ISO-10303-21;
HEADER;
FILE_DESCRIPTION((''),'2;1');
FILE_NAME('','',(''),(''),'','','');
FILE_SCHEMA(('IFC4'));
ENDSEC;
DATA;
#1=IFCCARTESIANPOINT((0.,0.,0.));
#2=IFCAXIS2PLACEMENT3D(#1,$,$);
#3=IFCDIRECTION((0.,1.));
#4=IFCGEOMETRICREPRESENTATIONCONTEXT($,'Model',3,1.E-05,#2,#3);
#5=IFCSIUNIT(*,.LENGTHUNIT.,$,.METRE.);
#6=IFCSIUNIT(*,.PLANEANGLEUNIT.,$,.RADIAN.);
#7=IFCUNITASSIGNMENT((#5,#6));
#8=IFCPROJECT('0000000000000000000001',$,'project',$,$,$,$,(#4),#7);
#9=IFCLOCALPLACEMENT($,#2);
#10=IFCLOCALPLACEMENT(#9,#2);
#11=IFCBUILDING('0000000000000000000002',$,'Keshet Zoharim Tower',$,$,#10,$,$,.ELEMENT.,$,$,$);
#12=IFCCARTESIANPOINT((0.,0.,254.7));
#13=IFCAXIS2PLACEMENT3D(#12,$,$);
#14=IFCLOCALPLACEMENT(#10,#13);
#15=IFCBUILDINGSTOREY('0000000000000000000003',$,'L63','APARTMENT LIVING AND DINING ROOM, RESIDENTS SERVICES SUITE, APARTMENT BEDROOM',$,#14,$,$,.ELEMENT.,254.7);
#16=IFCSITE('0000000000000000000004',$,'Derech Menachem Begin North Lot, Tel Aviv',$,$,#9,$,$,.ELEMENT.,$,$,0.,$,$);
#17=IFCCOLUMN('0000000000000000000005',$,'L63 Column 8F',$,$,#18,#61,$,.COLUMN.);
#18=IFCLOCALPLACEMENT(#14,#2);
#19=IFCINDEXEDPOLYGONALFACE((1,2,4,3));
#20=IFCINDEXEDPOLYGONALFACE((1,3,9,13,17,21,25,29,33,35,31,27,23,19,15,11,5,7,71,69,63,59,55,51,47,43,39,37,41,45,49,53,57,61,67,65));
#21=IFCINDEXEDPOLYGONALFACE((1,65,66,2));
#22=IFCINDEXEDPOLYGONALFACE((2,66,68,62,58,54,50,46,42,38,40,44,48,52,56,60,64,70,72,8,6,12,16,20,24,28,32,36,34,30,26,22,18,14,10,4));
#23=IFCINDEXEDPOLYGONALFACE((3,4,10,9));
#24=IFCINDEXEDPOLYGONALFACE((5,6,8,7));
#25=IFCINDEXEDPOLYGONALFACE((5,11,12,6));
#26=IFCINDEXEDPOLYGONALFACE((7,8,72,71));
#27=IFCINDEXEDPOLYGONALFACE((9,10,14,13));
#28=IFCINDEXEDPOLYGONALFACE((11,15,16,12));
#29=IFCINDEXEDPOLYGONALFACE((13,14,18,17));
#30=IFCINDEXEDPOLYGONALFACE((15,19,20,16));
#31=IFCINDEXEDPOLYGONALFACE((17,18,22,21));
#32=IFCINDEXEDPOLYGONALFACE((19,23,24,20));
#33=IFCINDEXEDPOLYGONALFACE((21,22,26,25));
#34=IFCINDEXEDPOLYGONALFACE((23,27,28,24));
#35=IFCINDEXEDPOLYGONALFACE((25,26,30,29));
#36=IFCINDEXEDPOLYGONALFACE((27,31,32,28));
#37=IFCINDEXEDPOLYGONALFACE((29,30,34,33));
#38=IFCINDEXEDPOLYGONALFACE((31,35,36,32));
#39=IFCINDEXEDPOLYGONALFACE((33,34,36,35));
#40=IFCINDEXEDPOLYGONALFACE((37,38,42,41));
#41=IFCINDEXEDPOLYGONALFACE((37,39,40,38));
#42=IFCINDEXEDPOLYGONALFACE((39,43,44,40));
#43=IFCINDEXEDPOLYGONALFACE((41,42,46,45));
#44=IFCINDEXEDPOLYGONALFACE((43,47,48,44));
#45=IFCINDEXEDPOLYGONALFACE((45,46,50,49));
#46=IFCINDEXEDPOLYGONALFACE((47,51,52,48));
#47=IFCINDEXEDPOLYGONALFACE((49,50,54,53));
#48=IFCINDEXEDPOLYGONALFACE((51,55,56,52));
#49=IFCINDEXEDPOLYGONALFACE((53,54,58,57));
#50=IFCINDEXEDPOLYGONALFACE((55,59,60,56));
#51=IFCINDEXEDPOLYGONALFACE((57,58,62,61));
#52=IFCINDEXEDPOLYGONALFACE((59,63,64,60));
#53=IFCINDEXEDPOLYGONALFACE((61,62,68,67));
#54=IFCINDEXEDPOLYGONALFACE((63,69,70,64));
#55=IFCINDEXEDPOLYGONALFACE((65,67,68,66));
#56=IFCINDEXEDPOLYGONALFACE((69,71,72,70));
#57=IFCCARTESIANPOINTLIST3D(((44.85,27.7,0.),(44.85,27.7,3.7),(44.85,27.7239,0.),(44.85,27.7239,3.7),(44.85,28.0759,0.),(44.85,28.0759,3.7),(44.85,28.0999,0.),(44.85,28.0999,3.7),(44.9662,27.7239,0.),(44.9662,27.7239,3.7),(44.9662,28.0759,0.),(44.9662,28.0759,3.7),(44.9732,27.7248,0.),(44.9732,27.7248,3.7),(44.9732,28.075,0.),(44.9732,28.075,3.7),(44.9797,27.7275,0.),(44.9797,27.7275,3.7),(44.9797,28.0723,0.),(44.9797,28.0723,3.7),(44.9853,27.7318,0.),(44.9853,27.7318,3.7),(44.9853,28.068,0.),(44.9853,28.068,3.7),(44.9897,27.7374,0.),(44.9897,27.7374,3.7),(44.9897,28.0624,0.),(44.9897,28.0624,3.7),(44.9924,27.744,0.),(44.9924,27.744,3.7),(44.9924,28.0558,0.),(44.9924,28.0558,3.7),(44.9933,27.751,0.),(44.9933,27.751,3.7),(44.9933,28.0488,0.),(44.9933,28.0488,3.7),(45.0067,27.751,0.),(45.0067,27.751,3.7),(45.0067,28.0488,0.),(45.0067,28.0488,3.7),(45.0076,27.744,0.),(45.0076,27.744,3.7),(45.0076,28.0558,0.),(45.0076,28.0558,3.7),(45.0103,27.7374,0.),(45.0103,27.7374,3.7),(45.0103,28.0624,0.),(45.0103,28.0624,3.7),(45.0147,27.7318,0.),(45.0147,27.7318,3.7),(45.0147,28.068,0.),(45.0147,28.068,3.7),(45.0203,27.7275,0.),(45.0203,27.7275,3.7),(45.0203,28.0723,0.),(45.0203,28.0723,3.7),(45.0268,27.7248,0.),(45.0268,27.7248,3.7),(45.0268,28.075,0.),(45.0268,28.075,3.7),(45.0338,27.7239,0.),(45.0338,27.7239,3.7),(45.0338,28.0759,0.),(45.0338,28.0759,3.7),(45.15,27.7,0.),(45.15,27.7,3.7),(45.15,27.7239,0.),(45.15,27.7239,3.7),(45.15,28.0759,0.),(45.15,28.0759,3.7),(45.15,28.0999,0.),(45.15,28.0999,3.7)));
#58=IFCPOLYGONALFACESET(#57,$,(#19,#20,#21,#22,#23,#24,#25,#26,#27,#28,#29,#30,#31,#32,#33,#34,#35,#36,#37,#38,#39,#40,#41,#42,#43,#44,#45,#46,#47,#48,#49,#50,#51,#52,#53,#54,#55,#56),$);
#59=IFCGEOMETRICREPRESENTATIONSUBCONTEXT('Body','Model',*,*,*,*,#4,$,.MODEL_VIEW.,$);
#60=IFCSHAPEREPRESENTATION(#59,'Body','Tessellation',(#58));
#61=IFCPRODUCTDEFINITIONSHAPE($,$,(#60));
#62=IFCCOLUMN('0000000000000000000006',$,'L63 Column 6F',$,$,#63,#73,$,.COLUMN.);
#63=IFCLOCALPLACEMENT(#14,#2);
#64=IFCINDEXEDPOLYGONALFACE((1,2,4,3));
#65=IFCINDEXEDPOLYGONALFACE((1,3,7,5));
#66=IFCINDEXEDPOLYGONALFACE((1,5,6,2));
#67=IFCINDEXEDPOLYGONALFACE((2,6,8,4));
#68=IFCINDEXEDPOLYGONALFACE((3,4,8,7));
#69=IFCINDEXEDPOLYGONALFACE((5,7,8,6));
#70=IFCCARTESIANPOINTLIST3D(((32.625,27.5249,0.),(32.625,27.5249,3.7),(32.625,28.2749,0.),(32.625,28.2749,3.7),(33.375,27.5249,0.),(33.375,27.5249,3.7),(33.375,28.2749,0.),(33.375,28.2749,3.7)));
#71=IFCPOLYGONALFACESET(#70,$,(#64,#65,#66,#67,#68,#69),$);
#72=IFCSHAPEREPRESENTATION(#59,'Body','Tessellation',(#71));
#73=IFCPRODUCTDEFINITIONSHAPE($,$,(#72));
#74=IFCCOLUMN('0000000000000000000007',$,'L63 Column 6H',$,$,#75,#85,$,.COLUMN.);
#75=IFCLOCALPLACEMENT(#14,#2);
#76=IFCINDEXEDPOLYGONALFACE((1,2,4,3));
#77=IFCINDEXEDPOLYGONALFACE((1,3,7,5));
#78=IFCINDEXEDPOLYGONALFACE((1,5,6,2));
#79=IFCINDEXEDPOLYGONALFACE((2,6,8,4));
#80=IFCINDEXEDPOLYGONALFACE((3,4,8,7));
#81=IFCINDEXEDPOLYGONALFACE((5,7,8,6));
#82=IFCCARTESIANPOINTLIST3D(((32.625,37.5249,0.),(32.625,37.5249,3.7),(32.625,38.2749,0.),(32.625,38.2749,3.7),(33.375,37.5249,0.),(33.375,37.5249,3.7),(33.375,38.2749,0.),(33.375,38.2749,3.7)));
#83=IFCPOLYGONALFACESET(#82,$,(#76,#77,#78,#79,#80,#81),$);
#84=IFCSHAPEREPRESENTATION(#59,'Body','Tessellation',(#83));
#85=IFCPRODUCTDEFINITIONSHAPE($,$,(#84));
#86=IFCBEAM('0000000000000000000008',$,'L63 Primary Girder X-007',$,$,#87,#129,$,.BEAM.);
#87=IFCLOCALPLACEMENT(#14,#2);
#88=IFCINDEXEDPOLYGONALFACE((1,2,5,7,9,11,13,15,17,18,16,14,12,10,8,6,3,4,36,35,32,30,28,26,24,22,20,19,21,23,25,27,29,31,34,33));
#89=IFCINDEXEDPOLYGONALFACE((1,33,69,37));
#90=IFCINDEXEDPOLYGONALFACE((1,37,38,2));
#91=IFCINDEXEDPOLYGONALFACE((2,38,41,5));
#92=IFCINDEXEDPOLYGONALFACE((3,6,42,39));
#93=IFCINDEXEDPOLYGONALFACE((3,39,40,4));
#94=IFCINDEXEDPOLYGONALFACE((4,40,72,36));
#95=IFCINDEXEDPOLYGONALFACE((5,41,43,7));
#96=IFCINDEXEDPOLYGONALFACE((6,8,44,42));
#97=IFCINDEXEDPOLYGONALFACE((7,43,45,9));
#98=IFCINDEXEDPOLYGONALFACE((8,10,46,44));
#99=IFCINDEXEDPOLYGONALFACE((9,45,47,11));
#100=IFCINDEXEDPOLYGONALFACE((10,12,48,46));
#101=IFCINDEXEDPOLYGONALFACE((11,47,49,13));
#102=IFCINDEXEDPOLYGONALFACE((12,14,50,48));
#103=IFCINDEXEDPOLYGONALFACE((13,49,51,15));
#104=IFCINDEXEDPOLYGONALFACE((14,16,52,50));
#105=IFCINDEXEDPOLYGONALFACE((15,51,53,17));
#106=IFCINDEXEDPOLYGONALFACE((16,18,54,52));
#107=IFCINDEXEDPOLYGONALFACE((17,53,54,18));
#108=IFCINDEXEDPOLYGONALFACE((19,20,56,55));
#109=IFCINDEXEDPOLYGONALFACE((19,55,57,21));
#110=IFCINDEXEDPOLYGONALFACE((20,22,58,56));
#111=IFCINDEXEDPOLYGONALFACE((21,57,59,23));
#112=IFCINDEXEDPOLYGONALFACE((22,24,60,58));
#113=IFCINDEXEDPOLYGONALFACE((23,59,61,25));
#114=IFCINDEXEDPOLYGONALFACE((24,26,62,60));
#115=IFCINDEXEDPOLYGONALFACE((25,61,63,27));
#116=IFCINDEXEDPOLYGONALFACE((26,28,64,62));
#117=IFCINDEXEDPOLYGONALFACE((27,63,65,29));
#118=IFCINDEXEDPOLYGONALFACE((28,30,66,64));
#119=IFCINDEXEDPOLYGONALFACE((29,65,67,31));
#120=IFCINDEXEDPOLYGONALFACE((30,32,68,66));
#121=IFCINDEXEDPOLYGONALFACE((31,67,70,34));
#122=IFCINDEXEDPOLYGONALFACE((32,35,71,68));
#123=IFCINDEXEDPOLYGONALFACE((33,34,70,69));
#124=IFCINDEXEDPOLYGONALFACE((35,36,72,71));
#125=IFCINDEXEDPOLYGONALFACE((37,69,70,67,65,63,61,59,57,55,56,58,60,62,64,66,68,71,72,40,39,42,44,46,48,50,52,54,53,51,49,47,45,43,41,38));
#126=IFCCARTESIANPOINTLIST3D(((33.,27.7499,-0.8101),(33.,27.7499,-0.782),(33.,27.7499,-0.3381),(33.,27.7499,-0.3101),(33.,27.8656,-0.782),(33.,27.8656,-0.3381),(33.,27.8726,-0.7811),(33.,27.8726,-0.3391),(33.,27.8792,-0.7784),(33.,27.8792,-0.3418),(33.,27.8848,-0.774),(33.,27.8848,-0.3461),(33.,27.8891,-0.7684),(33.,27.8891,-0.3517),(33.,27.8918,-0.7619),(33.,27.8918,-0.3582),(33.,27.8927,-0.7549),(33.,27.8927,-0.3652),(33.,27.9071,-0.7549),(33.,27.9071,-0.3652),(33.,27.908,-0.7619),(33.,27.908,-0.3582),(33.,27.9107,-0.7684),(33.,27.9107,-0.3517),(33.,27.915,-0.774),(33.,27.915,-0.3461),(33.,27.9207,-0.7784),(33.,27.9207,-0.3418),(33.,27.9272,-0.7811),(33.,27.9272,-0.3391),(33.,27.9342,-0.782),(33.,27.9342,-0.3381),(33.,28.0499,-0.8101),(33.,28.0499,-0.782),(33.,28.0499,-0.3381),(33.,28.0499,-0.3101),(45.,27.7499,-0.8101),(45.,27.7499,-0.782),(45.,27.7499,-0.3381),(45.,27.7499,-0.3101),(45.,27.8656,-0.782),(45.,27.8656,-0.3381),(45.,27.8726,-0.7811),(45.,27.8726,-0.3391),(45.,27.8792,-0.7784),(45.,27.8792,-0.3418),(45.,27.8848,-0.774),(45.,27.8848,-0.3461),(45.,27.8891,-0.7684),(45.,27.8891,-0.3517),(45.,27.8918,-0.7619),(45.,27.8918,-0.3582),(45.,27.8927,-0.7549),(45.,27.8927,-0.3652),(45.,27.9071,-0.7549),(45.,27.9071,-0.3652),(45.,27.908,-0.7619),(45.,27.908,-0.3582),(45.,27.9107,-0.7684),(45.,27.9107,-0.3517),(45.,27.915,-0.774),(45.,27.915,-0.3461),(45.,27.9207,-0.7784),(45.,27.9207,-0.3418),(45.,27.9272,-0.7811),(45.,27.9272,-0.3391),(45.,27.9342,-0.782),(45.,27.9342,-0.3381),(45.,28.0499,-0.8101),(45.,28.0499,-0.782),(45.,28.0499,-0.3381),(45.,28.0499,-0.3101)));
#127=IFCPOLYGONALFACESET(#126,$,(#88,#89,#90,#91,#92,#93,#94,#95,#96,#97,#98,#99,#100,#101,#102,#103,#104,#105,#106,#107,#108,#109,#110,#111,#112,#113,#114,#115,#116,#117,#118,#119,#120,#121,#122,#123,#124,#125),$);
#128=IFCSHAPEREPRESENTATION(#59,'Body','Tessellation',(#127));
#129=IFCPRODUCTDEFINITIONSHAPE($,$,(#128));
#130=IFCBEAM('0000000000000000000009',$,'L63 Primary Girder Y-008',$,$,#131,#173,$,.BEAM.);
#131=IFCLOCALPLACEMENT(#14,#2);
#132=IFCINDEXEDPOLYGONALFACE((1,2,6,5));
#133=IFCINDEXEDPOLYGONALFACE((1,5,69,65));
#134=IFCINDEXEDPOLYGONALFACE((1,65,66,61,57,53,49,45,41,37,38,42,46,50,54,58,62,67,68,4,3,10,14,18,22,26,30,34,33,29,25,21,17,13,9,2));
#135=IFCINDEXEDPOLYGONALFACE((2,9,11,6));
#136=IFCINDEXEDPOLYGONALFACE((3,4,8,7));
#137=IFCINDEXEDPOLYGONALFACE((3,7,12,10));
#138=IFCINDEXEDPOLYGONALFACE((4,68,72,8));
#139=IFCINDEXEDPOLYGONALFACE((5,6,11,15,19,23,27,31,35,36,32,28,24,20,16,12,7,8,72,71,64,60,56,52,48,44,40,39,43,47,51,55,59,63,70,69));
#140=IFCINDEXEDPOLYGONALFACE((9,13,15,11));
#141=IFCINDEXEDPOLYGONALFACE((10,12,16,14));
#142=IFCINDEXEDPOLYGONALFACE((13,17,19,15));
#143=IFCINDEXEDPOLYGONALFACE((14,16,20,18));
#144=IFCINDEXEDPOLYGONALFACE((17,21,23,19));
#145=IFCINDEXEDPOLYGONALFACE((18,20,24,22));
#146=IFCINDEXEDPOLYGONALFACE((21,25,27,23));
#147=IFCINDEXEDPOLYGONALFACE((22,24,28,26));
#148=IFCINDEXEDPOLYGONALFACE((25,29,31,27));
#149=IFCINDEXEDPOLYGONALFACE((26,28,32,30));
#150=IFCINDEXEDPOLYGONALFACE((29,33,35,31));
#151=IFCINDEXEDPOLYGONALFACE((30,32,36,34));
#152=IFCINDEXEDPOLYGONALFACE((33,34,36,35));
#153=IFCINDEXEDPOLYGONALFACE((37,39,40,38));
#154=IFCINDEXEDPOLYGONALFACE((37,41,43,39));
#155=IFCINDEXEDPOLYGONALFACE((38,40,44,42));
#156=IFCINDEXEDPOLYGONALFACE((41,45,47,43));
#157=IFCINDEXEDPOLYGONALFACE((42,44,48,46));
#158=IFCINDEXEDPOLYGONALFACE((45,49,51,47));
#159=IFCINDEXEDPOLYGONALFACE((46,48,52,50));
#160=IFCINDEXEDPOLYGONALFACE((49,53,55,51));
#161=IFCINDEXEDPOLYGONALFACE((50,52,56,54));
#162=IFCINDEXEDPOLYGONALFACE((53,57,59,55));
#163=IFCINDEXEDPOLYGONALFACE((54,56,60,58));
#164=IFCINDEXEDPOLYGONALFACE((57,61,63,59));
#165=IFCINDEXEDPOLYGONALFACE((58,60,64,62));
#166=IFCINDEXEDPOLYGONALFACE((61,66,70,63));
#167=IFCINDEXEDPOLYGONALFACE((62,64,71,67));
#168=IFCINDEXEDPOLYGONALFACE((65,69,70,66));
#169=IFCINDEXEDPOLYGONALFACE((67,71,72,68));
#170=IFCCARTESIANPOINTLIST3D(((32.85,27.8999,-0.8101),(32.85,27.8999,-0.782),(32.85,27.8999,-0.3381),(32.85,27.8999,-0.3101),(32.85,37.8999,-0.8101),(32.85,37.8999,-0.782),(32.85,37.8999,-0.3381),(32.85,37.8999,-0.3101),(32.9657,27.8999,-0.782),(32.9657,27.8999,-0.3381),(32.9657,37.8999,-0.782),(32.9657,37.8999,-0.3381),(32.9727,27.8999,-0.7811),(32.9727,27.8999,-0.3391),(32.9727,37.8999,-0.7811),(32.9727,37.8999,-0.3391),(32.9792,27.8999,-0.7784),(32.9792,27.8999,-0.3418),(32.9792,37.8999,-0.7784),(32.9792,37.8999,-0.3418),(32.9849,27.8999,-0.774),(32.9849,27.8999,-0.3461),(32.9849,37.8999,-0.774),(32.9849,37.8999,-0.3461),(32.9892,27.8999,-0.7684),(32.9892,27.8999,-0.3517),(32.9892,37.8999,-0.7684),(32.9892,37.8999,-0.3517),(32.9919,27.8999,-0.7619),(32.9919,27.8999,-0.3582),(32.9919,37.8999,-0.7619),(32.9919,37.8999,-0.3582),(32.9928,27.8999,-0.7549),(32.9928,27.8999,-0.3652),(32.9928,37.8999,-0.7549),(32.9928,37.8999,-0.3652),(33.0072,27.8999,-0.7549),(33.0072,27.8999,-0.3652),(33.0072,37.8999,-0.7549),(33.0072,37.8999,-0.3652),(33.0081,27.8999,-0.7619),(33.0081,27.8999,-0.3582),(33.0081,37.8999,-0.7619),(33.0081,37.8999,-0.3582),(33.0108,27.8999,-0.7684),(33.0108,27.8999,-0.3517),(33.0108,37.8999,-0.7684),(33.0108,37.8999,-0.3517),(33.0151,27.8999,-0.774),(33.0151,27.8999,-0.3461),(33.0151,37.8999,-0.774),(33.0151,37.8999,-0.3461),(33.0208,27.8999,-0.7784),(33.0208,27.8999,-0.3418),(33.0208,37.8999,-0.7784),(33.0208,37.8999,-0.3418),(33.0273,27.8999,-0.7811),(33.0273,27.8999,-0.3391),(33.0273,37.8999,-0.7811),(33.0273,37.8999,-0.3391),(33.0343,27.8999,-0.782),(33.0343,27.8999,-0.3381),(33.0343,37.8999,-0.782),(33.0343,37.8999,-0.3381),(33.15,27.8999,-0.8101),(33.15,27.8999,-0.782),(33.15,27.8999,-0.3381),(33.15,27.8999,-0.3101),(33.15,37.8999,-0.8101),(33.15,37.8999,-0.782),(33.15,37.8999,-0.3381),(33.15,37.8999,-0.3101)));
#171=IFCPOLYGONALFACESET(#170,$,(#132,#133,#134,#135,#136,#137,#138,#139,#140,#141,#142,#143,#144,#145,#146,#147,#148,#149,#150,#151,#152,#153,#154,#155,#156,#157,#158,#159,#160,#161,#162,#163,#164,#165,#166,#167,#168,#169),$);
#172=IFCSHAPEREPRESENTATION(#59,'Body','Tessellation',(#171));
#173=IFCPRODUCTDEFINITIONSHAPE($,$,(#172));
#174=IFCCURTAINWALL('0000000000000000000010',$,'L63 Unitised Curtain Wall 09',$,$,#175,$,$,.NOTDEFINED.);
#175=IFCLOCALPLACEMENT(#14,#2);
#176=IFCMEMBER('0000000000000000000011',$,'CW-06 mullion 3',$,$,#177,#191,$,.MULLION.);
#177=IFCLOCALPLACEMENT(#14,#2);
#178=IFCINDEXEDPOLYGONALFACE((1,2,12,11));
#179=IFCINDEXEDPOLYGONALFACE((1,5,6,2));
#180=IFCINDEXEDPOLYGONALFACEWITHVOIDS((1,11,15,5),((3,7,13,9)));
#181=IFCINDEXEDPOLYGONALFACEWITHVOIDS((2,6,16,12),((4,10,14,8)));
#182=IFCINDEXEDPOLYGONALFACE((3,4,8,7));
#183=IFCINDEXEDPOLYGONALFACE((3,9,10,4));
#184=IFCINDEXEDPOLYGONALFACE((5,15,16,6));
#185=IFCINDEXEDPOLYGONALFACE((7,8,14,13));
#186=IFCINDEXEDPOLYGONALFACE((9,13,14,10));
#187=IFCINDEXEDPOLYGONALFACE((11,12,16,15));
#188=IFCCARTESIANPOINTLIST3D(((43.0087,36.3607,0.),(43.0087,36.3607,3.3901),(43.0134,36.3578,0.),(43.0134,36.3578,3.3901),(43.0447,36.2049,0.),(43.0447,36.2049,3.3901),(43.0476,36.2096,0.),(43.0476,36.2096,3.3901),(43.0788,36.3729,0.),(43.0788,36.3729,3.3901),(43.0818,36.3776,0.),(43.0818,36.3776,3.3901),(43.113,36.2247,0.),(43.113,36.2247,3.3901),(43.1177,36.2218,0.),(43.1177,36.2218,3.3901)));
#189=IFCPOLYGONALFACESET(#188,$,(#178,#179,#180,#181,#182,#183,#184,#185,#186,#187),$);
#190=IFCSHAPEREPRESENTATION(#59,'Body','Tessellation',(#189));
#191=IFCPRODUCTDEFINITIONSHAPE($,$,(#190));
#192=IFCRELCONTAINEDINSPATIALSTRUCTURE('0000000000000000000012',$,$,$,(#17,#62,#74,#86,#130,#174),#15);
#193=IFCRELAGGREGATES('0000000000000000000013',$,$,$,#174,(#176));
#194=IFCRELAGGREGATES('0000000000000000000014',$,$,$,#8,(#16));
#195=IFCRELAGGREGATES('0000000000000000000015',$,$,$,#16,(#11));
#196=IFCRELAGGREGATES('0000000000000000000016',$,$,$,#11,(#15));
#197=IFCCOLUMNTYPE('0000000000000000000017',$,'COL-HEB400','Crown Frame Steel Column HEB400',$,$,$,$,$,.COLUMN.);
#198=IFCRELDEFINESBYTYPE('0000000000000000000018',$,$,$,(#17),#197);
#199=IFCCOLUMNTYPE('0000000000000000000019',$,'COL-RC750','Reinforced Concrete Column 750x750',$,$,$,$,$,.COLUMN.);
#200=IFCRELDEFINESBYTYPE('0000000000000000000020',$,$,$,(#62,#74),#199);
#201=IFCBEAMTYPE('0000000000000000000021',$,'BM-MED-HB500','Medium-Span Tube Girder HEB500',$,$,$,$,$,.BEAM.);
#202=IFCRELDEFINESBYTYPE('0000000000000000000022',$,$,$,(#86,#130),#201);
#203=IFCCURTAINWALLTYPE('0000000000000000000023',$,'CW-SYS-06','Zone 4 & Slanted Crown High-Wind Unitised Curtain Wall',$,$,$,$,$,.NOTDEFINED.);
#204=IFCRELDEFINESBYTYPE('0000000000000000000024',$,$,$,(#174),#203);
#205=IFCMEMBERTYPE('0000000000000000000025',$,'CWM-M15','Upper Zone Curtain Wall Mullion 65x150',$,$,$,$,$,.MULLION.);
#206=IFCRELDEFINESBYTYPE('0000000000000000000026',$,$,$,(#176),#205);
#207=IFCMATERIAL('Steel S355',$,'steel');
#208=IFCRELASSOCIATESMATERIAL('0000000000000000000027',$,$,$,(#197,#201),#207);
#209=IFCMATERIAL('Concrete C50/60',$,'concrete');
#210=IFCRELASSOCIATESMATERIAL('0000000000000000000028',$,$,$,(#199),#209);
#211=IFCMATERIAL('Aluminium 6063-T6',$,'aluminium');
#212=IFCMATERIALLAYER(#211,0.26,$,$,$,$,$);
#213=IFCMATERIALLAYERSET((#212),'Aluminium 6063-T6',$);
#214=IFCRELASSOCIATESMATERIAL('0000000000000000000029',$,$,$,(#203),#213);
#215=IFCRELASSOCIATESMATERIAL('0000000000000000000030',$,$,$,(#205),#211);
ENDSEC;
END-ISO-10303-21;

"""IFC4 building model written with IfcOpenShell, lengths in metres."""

from ifc_helpers import new_model, si_unit, direction, frame, origin, origin_2d, place, context, subcontext, project, spatial, rectangle, hollow_rectangle, i_section, extrude, material, layer, layer_set, material_profile, profile_set, type_object, element, aggregate, save


model = new_model("IFC4")

# Units and contexts
model_context = context("Model", 3, precision=1e-05, world=origin(), true_north=direction((0.0, 1.0)))
body_context = subcontext(model_context, "Body", "Model", "MODEL_VIEW")
ifc_project = project(units=[si_unit("LENGTHUNIT", "METRE"), si_unit("PLANEANGLEUNIT", "RADIAN")], contexts=[model_context])

# Site, building, storey
site_placement = place(None, origin())
site = spatial("IfcSite", under=ifc_project, at=site_placement, Name="Derech Menachem Begin North Lot, Tel Aviv", CompositionType="ELEMENT", RefElevation=0.0)
building_placement = place(site_placement, origin())
building = spatial("IfcBuilding", under=site, at=building_placement, Name="Keshet Zoharim Tower", CompositionType="ELEMENT")
storey_placement = place(building_placement, frame((0.0, 0.0, 254.7)))
storey = spatial("IfcBuildingStorey", under=building, at=storey_placement, Name="L63", Description="APARTMENT LIVING AND DINING ROOM, RESIDENTS SERVICES SUITE, APARTMENT BEDROOM", CompositionType="ELEMENT", Elevation=254.7)

# Columns
ifc_material_1 = material(Name="Steel S355", Category="steel")
ifc_material_profile_1 = material_profile(ifc_material_1, i_section(OverallWidth=0.3, OverallDepth=0.3999, WebThickness=0.0134, FlangeThickness=0.0239, FilletRadius=0.0271, at=origin_2d()), Name="HEB400")
ifc_profile_set_1 = profile_set([ifc_material_profile_1], Name="Steel S355")
column_type_1 = type_object("IfcColumnType", Name="COL-HEB400", Description="Crown Frame Steel Column HEB400", PredefinedType="COLUMN", material=ifc_profile_set_1)
column_placement = place(storey_placement, frame((45.0, 27.8999, 0.0), z_axis=(0.0, 0.0, 1.0), x_axis=(1.0, 0.0, 0.0)))
element("IfcColumn", 1, at=column_placement, inside=storey, type_object=column_type_1, Name="L63 Column 8F", PredefinedType="COLUMN", context=body_context, shape_type="SweptSolid", body=[
    extrude(i_section(OverallWidth=0.3, OverallDepth=0.3999, WebThickness=0.0134, FlangeThickness=0.0239, FilletRadius=0.0271, at=origin_2d()), origin(), (0.0, 0.0, 1.0), 3.7),
])
ifc_material_2 = material(Name="Concrete C50/60", Category="concrete")
ifc_material_profile_2 = material_profile(ifc_material_2, rectangle(XDim=0.75, YDim=0.75, at=origin_2d()), Name="RC750x750")
ifc_profile_set_2 = profile_set([ifc_material_profile_2], Name="Concrete C50/60")
column_type_2 = type_object("IfcColumnType", Name="COL-RC750", Description="Reinforced Concrete Column 750x750", PredefinedType="COLUMN", material=ifc_profile_set_2)
for number, where, z_axis, x_axis, name in (
    (2, (33.0, 27.8999, 0.0), (0.0, 0.0, 1.0), (1.0, 0.0, 0.0), "L63 Column 6F"),
    (3, (33.0, 37.8999, 0.0), (0.0, 0.0, 1.0), (1.0, 0.0, 0.0), "L63 Column 6H"),
):
    element("IfcColumn", number, at=place(storey_placement, frame(where, z_axis=z_axis, x_axis=x_axis)), inside=storey, type_object=column_type_2, Name=name, PredefinedType="COLUMN", context=body_context, shape_type="SweptSolid", body=[
        extrude(rectangle(XDim=0.75, YDim=0.75, at=origin_2d()), origin(), (0.0, 0.0, 1.0), 3.7),
    ])

# Beams
ifc_material_profile_3 = material_profile(ifc_material_1, i_section(OverallWidth=0.3, OverallDepth=0.5, WebThickness=0.0144, FlangeThickness=0.0281, FilletRadius=0.0271, at=origin_2d()), Name="HEB500")
ifc_profile_set_3 = profile_set([ifc_material_profile_3], Name="Steel S355")
beam_type = type_object("IfcBeamType", Name="BM-MED-HB500", Description="Medium-Span Tube Girder HEB500", PredefinedType="BEAM", material=ifc_profile_set_3)
beam_1_placement = place(storey_placement, frame((33.0, 27.8999, -0.5601), z_axis=(1.0, 0.0, 0.0), x_axis=(0.0, 1.0, 0.0)))
element("IfcBeam", 4, at=beam_1_placement, inside=storey, type_object=beam_type, Name="L63 Primary Girder X-007", PredefinedType="BEAM", context=body_context, shape_type="SweptSolid", body=[
    extrude(i_section(OverallWidth=0.3, OverallDepth=0.5, WebThickness=0.0144, FlangeThickness=0.0281, FilletRadius=0.0271, at=origin_2d()), origin(), (0.0, 0.0, 1.0), 12.0),
])
beam_2_placement = place(storey_placement, frame((33.0, 27.8999, -0.5601), z_axis=(0.0, 1.0, 0.0), x_axis=(-1.0, 0.0, 0.0)))
element("IfcBeam", 5, at=beam_2_placement, inside=storey, type_object=beam_type, Name="L63 Primary Girder Y-008", PredefinedType="BEAM", context=body_context, shape_type="SweptSolid", body=[
    extrude(i_section(OverallWidth=0.3, OverallDepth=0.5, WebThickness=0.0144, FlangeThickness=0.0281, FilletRadius=0.0271, at=origin_2d()), origin(), (0.0, 0.0, 1.0), 10.0),
])

# Curtain wall, member
ifc_material_3 = material(Name="Aluminium 6063-T6", Category="aluminium")
ifc_layer_1 = layer(ifc_material_3, 0.26)
ifc_layer_set_1 = layer_set([ifc_layer_1], Name="Aluminium 6063-T6")
curtain_wall_type = type_object("IfcCurtainWallType", Name="CW-SYS-06", Description="Zone 4 & Slanted Crown High-Wind Unitised Curtain Wall", PredefinedType="NOTDEFINED", material=ifc_layer_set_1)
curtain_wall_1_placement = place(storey_placement, origin())
curtain_wall_1 = element("IfcCurtainWall", 6, at=curtain_wall_1_placement, inside=storey, type_object=curtain_wall_type, Name="L63 Unitised Curtain Wall 09", PredefinedType="NOTDEFINED")
ifc_material_profile_4 = material_profile(ifc_material_3, hollow_rectangle(XDim=0.075, YDim=0.1599, WallThickness=0.0039, at=origin_2d()), Name="MUL-75x160")
ifc_profile_set_4 = profile_set([ifc_material_profile_4], Name="Aluminium 6063-T6")
member_type_1 = type_object("IfcMemberType", Name="CWM-M15", Description="Upper Zone Curtain Wall Mullion 65x150", PredefinedType="MULLION", material=ifc_profile_set_4)
member_1_placement = place(storey_placement, frame((43.0632, 36.2913, 0.0), z_axis=(0.0, 0.0, 1.0), x_axis=(0.974398, 0.22483, 0.0)))
member_1 = element("IfcMember", 7, at=member_1_placement, type_object=member_type_1, Name="CW-06 mullion 3", PredefinedType="MULLION", context=body_context, shape_type="SweptSolid", body=[
    extrude(hollow_rectangle(XDim=0.075, YDim=0.1599, WallThickness=0.0039, at=origin_2d()), origin(), (0.0, 0.0, 1.0), 3.3901),
])

aggregate(curtain_wall_1, [member_1])

save(model, "model.ifc")
